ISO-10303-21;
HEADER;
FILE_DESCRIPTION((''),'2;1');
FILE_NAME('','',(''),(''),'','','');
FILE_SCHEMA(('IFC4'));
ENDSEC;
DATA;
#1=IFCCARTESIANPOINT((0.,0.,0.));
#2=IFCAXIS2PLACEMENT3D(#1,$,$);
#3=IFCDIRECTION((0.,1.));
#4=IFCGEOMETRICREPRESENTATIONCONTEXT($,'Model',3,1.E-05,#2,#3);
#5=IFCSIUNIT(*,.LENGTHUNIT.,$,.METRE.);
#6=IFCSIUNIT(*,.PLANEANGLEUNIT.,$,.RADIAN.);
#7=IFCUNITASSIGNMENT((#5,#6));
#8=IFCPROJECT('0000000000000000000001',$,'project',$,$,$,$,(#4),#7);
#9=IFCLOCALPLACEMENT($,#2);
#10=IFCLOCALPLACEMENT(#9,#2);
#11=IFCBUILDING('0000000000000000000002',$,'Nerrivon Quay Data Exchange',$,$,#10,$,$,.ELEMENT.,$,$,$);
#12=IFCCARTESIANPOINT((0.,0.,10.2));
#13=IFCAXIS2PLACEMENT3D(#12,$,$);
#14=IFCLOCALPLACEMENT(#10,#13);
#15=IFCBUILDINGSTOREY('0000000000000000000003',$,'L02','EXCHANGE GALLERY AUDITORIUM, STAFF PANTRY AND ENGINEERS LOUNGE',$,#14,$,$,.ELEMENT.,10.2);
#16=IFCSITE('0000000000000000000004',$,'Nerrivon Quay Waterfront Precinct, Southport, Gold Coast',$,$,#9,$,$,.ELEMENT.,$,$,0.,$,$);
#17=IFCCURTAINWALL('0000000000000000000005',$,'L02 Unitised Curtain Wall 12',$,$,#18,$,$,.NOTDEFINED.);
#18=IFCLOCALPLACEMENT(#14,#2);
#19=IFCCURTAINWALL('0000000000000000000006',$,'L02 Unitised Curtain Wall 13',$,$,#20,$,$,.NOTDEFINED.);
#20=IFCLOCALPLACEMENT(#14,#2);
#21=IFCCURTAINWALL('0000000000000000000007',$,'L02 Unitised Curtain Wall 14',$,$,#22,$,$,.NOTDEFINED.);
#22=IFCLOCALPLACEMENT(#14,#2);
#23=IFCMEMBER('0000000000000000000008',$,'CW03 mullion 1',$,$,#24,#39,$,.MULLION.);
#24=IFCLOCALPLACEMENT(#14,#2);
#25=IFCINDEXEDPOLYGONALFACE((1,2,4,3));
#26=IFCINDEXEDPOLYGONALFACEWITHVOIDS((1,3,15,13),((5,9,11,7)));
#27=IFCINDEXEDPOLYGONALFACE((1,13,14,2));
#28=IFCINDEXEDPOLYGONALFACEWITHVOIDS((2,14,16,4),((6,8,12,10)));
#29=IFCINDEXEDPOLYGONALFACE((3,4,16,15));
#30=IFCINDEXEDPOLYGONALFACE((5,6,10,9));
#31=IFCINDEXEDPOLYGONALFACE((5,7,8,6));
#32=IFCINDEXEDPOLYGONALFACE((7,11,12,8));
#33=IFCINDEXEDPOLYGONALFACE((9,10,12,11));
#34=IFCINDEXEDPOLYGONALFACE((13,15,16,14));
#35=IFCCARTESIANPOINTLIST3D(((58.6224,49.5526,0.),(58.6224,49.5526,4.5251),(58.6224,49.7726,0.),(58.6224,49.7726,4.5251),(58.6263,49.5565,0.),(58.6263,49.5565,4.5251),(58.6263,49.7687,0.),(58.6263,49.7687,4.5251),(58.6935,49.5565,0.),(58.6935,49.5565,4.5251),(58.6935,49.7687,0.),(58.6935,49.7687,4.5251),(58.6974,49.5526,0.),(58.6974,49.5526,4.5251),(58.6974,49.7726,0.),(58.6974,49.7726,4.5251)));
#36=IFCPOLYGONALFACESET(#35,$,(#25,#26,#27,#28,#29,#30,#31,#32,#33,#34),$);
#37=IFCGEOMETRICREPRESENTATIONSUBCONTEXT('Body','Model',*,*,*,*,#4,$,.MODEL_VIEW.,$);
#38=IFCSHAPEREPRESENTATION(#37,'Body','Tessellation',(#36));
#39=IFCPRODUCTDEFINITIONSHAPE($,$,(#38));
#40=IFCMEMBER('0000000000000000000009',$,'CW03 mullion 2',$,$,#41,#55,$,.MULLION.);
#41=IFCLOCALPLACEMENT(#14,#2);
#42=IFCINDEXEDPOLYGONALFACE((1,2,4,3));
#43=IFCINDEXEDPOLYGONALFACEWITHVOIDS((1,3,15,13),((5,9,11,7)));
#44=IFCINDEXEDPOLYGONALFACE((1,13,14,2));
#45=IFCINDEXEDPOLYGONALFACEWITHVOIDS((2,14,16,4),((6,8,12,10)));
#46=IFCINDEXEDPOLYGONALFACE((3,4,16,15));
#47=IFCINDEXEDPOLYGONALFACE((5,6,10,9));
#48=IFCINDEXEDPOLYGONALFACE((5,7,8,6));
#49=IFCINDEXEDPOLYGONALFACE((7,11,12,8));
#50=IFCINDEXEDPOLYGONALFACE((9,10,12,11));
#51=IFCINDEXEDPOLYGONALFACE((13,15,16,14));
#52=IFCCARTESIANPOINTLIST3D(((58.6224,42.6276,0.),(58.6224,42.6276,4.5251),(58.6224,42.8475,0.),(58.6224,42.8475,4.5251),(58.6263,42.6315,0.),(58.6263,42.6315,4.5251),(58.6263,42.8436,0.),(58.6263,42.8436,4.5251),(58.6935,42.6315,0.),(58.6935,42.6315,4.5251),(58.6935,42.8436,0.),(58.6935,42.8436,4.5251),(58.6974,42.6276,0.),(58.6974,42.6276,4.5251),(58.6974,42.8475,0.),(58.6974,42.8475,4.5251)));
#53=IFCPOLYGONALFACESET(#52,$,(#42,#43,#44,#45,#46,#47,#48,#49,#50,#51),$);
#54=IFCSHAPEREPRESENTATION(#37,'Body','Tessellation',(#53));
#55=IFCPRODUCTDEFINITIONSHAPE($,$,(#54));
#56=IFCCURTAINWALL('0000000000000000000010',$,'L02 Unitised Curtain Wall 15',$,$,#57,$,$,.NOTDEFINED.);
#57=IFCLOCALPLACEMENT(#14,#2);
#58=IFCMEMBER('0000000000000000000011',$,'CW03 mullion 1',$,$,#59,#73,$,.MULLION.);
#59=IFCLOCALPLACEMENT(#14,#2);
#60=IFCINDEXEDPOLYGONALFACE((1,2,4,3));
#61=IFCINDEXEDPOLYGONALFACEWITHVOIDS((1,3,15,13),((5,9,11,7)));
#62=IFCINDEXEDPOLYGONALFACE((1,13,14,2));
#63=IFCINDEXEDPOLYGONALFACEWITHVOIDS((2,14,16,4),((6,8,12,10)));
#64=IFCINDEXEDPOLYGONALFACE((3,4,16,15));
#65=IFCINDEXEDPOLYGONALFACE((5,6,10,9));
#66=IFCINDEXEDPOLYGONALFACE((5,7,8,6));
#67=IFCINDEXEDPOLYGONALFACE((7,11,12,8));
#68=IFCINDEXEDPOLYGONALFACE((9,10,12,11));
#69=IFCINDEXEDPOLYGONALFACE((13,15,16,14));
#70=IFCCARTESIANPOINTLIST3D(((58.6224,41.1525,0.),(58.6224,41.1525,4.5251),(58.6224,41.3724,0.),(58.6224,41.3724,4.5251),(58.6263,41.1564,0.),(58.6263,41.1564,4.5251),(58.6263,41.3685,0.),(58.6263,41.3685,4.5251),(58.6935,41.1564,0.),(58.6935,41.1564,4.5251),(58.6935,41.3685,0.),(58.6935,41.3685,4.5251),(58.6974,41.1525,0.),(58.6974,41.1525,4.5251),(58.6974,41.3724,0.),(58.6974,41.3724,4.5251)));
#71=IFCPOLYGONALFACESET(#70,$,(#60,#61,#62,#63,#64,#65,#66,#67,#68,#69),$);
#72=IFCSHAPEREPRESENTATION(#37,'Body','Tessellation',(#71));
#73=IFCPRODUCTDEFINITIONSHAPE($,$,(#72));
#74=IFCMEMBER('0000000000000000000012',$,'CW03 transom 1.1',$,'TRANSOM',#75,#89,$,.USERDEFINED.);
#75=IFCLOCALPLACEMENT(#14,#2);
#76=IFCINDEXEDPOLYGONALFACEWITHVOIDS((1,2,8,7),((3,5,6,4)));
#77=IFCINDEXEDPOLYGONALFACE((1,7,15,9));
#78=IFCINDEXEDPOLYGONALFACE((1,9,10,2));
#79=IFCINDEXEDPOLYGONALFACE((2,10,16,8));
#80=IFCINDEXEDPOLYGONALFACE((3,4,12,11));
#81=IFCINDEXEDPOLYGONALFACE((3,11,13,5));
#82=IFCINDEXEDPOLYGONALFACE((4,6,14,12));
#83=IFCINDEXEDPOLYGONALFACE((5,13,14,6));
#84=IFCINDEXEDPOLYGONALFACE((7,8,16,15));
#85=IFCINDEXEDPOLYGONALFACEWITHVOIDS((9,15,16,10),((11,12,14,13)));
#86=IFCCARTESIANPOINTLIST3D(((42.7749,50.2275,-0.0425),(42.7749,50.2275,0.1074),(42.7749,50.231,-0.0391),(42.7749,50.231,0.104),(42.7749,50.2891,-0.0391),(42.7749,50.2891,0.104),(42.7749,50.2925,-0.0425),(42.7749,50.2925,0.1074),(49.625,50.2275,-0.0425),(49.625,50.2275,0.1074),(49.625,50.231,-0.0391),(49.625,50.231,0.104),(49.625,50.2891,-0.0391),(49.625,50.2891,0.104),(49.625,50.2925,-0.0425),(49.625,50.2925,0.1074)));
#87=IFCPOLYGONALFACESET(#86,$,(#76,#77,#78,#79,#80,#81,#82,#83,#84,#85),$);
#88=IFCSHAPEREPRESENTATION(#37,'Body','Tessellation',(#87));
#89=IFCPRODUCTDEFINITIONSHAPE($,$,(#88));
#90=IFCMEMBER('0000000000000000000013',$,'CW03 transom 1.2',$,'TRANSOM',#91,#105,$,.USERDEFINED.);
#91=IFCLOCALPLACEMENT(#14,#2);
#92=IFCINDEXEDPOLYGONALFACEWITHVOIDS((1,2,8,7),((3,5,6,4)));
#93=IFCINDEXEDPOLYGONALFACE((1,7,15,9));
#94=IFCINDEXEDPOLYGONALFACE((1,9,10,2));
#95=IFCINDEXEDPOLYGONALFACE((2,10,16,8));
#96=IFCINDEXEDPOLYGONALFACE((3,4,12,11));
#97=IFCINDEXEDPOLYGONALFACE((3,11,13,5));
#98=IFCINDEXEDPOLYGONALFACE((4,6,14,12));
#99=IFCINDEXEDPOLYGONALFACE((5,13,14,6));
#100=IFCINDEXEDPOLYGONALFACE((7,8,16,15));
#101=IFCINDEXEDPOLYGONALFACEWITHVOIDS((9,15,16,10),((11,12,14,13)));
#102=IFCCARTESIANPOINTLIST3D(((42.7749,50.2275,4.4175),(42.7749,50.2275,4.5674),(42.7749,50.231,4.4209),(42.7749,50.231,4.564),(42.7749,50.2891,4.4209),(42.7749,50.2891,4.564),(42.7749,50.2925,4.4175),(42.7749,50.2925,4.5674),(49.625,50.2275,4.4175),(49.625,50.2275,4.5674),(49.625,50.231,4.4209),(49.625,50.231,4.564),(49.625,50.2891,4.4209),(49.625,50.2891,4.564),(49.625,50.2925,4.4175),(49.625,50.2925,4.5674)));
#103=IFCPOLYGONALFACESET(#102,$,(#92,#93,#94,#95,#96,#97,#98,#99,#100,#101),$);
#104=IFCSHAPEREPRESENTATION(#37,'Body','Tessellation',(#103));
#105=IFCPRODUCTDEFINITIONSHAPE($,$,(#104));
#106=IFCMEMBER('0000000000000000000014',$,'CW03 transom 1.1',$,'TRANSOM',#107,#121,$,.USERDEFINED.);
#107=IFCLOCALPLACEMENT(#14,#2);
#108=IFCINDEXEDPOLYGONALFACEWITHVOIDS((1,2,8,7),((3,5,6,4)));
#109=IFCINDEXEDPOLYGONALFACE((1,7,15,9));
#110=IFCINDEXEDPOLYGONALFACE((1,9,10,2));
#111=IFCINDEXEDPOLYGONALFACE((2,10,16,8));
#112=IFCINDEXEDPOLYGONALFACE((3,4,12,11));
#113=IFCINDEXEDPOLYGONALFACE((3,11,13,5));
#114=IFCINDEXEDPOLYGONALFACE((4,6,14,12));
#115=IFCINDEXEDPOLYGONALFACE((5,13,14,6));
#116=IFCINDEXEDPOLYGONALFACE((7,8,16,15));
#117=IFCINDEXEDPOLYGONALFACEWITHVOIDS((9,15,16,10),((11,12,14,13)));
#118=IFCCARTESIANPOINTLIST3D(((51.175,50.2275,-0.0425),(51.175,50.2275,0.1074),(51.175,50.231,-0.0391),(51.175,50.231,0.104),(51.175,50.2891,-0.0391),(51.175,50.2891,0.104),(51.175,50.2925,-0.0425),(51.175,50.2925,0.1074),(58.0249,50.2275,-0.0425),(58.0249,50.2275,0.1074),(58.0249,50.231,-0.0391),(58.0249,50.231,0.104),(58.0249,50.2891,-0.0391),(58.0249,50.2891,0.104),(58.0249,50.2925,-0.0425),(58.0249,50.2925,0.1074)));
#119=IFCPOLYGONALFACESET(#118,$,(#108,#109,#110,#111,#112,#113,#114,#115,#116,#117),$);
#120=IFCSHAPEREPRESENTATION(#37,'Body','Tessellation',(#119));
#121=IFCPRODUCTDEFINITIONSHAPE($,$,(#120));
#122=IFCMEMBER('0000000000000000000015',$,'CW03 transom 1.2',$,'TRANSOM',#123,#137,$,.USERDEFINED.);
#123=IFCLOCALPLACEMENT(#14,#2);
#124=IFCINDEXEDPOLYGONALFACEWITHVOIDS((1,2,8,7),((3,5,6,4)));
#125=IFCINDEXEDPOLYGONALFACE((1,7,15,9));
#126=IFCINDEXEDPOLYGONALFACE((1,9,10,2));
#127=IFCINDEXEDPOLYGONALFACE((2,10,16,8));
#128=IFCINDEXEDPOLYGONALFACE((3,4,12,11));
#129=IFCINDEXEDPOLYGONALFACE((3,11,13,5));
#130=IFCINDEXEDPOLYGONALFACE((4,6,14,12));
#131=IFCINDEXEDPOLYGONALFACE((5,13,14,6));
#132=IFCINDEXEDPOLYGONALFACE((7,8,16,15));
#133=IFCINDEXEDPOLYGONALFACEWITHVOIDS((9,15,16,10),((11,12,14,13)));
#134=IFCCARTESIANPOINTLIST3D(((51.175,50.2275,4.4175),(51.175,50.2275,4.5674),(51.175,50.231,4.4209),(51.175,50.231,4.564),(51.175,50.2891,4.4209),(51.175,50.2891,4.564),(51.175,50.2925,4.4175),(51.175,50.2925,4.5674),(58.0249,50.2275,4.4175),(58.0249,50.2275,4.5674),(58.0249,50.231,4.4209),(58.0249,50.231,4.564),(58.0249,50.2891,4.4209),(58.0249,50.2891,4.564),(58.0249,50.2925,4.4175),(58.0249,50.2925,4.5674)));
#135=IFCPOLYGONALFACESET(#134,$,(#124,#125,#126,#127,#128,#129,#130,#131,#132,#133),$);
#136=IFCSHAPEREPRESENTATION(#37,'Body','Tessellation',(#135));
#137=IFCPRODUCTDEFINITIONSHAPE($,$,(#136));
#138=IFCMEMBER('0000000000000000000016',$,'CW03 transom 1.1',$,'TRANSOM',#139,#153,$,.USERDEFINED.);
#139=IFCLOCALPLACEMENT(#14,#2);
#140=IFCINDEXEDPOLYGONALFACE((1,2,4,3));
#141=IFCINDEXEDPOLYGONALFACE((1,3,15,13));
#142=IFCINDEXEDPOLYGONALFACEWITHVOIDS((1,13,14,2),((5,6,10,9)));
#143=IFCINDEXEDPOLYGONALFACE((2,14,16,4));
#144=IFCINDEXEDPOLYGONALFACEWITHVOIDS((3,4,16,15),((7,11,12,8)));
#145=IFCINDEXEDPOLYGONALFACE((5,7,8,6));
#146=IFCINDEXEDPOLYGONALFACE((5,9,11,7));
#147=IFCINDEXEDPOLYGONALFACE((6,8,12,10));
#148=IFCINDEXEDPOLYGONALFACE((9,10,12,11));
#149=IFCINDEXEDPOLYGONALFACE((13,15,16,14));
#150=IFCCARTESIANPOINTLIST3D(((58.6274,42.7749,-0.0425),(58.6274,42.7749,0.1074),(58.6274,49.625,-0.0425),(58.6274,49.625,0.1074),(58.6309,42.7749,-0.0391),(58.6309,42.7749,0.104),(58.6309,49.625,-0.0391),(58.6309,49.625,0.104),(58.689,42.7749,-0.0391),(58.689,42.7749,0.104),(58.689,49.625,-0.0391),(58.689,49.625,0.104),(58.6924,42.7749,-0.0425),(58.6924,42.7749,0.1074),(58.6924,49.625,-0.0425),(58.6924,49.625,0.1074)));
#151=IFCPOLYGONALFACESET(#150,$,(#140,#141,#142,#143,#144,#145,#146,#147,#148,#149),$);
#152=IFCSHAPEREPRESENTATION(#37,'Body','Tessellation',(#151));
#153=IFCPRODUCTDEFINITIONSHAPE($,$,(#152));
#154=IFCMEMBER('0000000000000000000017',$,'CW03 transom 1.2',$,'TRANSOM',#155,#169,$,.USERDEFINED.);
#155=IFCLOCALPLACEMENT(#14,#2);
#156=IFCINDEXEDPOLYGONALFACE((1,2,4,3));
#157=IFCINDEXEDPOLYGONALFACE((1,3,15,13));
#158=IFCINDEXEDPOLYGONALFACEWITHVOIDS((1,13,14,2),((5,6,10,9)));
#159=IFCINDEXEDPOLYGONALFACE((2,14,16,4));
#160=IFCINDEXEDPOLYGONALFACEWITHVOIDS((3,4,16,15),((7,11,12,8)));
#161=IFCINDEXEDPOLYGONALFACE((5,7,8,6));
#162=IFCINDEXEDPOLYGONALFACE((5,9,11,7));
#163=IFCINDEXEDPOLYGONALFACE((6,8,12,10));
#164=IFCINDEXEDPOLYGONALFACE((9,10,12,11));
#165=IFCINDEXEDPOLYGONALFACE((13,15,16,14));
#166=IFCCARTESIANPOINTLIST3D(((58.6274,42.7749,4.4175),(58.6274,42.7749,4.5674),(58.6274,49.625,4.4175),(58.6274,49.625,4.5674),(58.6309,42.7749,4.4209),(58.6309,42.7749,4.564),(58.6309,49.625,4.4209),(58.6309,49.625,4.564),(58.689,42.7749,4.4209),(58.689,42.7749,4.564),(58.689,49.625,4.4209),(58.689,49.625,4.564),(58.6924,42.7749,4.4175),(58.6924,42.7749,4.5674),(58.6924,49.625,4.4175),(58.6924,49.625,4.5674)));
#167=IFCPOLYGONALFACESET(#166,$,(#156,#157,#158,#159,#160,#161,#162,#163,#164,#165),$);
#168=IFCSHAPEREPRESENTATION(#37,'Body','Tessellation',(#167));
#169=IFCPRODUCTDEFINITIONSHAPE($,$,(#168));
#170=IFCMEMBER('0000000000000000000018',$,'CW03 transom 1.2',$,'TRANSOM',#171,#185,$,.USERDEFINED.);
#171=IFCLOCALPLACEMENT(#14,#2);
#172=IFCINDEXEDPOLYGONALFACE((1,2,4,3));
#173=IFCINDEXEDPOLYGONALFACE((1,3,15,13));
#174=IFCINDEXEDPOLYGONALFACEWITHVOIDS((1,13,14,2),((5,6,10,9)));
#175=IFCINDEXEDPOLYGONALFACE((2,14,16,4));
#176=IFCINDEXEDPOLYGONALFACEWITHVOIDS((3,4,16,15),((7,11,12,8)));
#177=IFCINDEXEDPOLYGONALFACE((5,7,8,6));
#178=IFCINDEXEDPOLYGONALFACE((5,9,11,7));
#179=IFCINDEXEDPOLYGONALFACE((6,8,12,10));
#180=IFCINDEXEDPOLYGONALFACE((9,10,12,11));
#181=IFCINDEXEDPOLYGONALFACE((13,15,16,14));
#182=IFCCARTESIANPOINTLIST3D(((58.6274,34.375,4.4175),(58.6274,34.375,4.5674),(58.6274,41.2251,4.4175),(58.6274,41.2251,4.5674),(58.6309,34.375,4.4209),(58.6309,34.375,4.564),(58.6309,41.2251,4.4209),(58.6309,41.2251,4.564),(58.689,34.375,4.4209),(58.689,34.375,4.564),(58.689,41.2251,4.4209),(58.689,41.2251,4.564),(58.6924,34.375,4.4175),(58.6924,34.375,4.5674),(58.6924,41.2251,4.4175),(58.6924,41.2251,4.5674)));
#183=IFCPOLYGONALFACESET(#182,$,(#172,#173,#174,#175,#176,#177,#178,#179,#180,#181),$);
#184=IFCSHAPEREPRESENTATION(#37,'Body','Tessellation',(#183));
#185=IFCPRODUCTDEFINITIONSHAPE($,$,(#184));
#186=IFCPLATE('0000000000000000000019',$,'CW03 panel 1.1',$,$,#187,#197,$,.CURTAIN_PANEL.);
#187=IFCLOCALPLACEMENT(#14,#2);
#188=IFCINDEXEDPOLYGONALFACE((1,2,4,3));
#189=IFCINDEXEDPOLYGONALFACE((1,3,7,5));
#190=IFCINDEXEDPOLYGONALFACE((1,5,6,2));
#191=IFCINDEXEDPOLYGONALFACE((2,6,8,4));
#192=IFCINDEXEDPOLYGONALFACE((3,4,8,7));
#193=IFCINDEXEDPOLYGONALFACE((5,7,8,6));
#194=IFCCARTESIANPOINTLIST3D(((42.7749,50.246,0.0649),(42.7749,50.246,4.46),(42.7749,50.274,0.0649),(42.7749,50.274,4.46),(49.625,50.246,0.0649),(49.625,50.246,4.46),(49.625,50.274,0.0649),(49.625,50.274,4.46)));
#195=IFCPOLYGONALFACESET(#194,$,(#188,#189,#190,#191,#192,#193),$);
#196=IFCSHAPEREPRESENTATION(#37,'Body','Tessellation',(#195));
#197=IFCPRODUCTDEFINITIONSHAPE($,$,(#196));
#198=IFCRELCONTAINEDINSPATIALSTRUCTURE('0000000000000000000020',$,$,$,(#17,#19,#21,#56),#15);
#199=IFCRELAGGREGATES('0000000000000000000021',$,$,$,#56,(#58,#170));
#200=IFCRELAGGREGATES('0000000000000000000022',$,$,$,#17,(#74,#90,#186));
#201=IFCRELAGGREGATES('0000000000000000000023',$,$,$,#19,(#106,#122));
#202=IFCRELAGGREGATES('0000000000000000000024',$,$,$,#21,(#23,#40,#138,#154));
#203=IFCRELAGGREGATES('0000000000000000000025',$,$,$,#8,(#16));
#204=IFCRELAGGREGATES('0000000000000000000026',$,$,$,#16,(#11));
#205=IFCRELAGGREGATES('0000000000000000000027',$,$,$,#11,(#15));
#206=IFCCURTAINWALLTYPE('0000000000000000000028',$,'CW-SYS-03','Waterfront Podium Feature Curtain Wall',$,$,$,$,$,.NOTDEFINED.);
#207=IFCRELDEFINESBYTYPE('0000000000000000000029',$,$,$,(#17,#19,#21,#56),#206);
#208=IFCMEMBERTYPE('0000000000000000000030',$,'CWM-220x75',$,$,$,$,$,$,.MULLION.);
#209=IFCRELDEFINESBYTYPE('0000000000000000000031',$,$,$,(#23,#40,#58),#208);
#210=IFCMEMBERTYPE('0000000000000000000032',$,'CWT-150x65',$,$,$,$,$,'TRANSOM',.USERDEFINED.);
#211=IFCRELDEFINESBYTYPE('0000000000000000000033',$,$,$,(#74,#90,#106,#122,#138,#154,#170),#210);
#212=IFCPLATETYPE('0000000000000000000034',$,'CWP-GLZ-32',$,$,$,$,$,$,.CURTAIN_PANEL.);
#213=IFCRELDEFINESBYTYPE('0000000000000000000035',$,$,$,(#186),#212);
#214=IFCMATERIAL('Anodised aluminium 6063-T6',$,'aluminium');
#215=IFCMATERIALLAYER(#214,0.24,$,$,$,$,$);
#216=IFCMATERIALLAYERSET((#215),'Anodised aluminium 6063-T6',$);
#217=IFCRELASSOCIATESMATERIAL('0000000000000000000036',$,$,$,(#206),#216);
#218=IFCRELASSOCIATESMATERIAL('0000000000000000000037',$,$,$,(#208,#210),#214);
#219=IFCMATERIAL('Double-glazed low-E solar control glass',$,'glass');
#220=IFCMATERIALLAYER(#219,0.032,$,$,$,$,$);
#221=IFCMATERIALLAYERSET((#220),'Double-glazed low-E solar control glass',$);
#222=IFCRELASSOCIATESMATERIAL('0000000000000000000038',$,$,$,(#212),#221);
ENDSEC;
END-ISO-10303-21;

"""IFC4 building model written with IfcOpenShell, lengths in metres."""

from ifc_helpers import new_model, si_unit, direction, frame, origin, origin_2d, place, context, subcontext, project, spatial, rectangle, hollow_rectangle, extrude, material, layer, layer_set, material_profile, profile_set, type_object, element, aggregate, save


model = new_model("IFC4")

# Units and contexts
model_context = context("Model", 3, precision=1e-05, world=origin(), true_north=direction((0.0, 1.0)))
body_context = subcontext(model_context, "Body", "Model", "MODEL_VIEW")
ifc_project = project(units=[si_unit("LENGTHUNIT", "METRE"), si_unit("PLANEANGLEUNIT", "RADIAN")], contexts=[model_context])

# Site, building, storey
site_placement = place(None, origin())
site = spatial("IfcSite", under=ifc_project, at=site_placement, Name="Nerrivon Quay Waterfront Precinct, Southport, Gold Coast", CompositionType="ELEMENT", RefElevation=0.0)
building_placement = place(site_placement, origin())
building = spatial("IfcBuilding", under=site, at=building_placement, Name="Nerrivon Quay Data Exchange", CompositionType="ELEMENT")
storey_placement = place(building_placement, frame((0.0, 0.0, 10.2)))
storey = spatial("IfcBuildingStorey", under=building, at=storey_placement, Name="L02", Description="EXCHANGE GALLERY AUDITORIUM, STAFF PANTRY AND ENGINEERS LOUNGE", CompositionType="ELEMENT", Elevation=10.2)

# Curtain walls, members
ifc_material_1 = material(Name="Anodised aluminium 6063-T6", Category="aluminium")
ifc_layer_1 = layer(ifc_material_1, 0.24)
ifc_layer_set_1 = layer_set([ifc_layer_1], Name="Anodised aluminium 6063-T6")
curtain_wall_type = type_object("IfcCurtainWallType", Name="CW-SYS-03", Description="Waterfront Podium Feature Curtain Wall", PredefinedType="NOTDEFINED", material=ifc_layer_set_1)
curtain_wall_1_placement = place(storey_placement, origin())
curtain_wall_1 = element("IfcCurtainWall", 1, at=curtain_wall_1_placement, inside=storey, type_object=curtain_wall_type, Name="L02 Unitised Curtain Wall 12", PredefinedType="NOTDEFINED")
ifc_material_profile_1 = material_profile(ifc_material_1, hollow_rectangle(XDim=0.075, YDim=0.22, WallThickness=0.0039, at=origin_2d()), Name="ALU-MULL-220x75")
ifc_profile_set_1 = profile_set([ifc_material_profile_1], Name="Anodised aluminium 6063-T6")
member_type_1 = type_object("IfcMemberType", Name="CWM-220x75", PredefinedType="MULLION", material=ifc_profile_set_1)
curtain_wall_2_placement = place(storey_placement, origin())
curtain_wall_2 = element("IfcCurtainWall", 2, at=curtain_wall_2_placement, inside=storey, type_object=curtain_wall_type, Name="L02 Unitised Curtain Wall 13", PredefinedType="NOTDEFINED")
curtain_wall_3_placement = place(storey_placement, origin())
curtain_wall_3 = element("IfcCurtainWall", 3, at=curtain_wall_3_placement, inside=storey, type_object=curtain_wall_type, Name="L02 Unitised Curtain Wall 14", PredefinedType="NOTDEFINED")
member_1_placement = place(storey_placement, frame((58.6599, 49.6626, 0.0), z_axis=(0.0, 0.0, 1.0), x_axis=(1.0, 0.0, 0.0)))
member_1 = element("IfcMember", 4, at=member_1_placement, type_object=member_type_1, Name="CW03 mullion 1", PredefinedType="MULLION", context=body_context, shape_type="SweptSolid", body=[
    extrude(hollow_rectangle(XDim=0.075, YDim=0.22, WallThickness=0.0039, at=origin_2d()), origin(), (0.0, 0.0, 1.0), 4.5251),
])
member_2_placement = place(storey_placement, frame((58.6599, 42.7375, 0.0), z_axis=(0.0, 0.0, 1.0), x_axis=(1.0, 0.0, 0.0)))
member_2 = element("IfcMember", 5, at=member_2_placement, type_object=member_type_1, Name="CW03 mullion 2", PredefinedType="MULLION", context=body_context, shape_type="SweptSolid", body=[
    extrude(hollow_rectangle(XDim=0.075, YDim=0.22, WallThickness=0.0039, at=origin_2d()), origin(), (0.0, 0.0, 1.0), 4.5251),
])

# Curtain wall, member
curtain_wall_4_placement = place(storey_placement, origin())
curtain_wall_4 = element("IfcCurtainWall", 6, at=curtain_wall_4_placement, inside=storey, type_object=curtain_wall_type, Name="L02 Unitised Curtain Wall 15", PredefinedType="NOTDEFINED")
member_3_placement = place(storey_placement, frame((58.6599, 41.2625, 0.0), z_axis=(0.0, 0.0, 1.0), x_axis=(1.0, 0.0, 0.0)))
member_3 = element("IfcMember", 7, at=member_3_placement, type_object=member_type_1, Name="CW03 mullion 1", PredefinedType="MULLION", context=body_context, shape_type="SweptSolid", body=[
    extrude(hollow_rectangle(XDim=0.075, YDim=0.22, WallThickness=0.0039, at=origin_2d()), origin(), (0.0, 0.0, 1.0), 4.5251),
])

# Members
ifc_material_profile_2 = material_profile(ifc_material_1, hollow_rectangle(XDim=0.0649, YDim=0.1499, WallThickness=0.0034, at=origin_2d()), Name="ALU-TRAN-150x65")
ifc_profile_set_2 = profile_set([ifc_material_profile_2], Name="Anodised aluminium 6063-T6")
member_type_2 = type_object("IfcMemberType", Name="CWT-150x65", ElementType="TRANSOM", PredefinedType="USERDEFINED", material=ifc_profile_set_2)
member_4_placement = place(storey_placement, frame((42.7749, 50.26, 0.0325), z_axis=(1.0, 0.0, 0.0), x_axis=(0.0, 1.0, 0.0)))
member_4 = element("IfcMember", 8, at=member_4_placement, type_object=member_type_2, Name="CW03 transom 1.1", ObjectType="TRANSOM", PredefinedType="USERDEFINED", context=body_context, shape_type="SweptSolid", body=[
    extrude(hollow_rectangle(XDim=0.0649, YDim=0.1499, WallThickness=0.0034, at=origin_2d()), origin(), (0.0, 0.0, 1.0), 6.8501),
])
member_5_placement = place(storey_placement, frame((42.7749, 50.26, 4.4924), z_axis=(1.0, 0.0, 0.0), x_axis=(0.0, 1.0, 0.0)))
member_5 = element("IfcMember", 9, at=member_5_placement, type_object=member_type_2, Name="CW03 transom 1.2", ObjectType="TRANSOM", PredefinedType="USERDEFINED", context=body_context, shape_type="SweptSolid", body=[
    extrude(hollow_rectangle(XDim=0.0649, YDim=0.1499, WallThickness=0.0034, at=origin_2d()), origin(), (0.0, 0.0, 1.0), 6.8501),
])
member_6_placement = place(storey_placement, frame((51.175, 50.26, 0.0325), z_axis=(1.0, 0.0, 0.0), x_axis=(0.0, 1.0, 0.0)))
member_6 = element("IfcMember", 10, at=member_6_placement, type_object=member_type_2, Name="CW03 transom 1.1", ObjectType="TRANSOM", PredefinedType="USERDEFINED", context=body_context, shape_type="SweptSolid", body=[
    extrude(hollow_rectangle(XDim=0.0649, YDim=0.1499, WallThickness=0.0034, at=origin_2d()), origin(), (0.0, 0.0, 1.0), 6.8499),
])
member_7_placement = place(storey_placement, frame((51.175, 50.26, 4.4924), z_axis=(1.0, 0.0, 0.0), x_axis=(0.0, 1.0, 0.0)))
member_7 = element("IfcMember", 11, at=member_7_placement, type_object=member_type_2, Name="CW03 transom 1.2", ObjectType="TRANSOM", PredefinedType="USERDEFINED", context=body_context, shape_type="SweptSolid", body=[
    extrude(hollow_rectangle(XDim=0.0649, YDim=0.1499, WallThickness=0.0034, at=origin_2d()), origin(), (0.0, 0.0, 1.0), 6.8499),
])
member_8_placement = place(storey_placement, frame((58.6599, 49.625, 0.0325), z_axis=(0.0, -1.0, 0.0), x_axis=(1.0, 0.0, 0.0)))
member_8 = element("IfcMember", 12, at=member_8_placement, type_object=member_type_2, Name="CW03 transom 1.1", ObjectType="TRANSOM", PredefinedType="USERDEFINED", context=body_context, shape_type="SweptSolid", body=[
    extrude(hollow_rectangle(XDim=0.0649, YDim=0.1499, WallThickness=0.0034, at=origin_2d()), origin(), (0.0, 0.0, 1.0), 6.8501),
])
member_9_placement = place(storey_placement, frame((58.6599, 49.625, 4.4924), z_axis=(0.0, -1.0, 0.0), x_axis=(1.0, 0.0, 0.0)))
member_9 = element("IfcMember", 13, at=member_9_placement, type_object=member_type_2, Name="CW03 transom 1.2", ObjectType="TRANSOM", PredefinedType="USERDEFINED", context=body_context, shape_type="SweptSolid", body=[
    extrude(hollow_rectangle(XDim=0.0649, YDim=0.1499, WallThickness=0.0034, at=origin_2d()), origin(), (0.0, 0.0, 1.0), 6.8501),
])
member_10_placement = place(storey_placement, frame((58.6599, 41.2251, 4.4924), z_axis=(0.0, -1.0, 0.0), x_axis=(1.0, 0.0, 0.0)))
member_10 = element("IfcMember", 14, at=member_10_placement, type_object=member_type_2, Name="CW03 transom 1.2", ObjectType="TRANSOM", PredefinedType="USERDEFINED", context=body_context, shape_type="SweptSolid", body=[
    extrude(hollow_rectangle(XDim=0.0649, YDim=0.1499, WallThickness=0.0034, at=origin_2d()), origin(), (0.0, 0.0, 1.0), 6.8501),
])
aggregate(curtain_wall_4, [member_3, member_10])

# Plate
ifc_material_2 = material(Name="Double-glazed low-E solar control glass", Category="glass")
ifc_layer_2 = layer(ifc_material_2, 0.032)
ifc_layer_set_2 = layer_set([ifc_layer_2], Name="Double-glazed low-E solar control glass")
plate_type = type_object("IfcPlateType", Name="CWP-GLZ-32", PredefinedType="CURTAIN_PANEL", material=ifc_layer_set_2)
plate_1_placement = place(storey_placement, frame((46.2, 50.26, 0.0649), z_axis=(0.0, 0.0, 1.0), x_axis=(1.0, 0.0, 0.0)))
plate_1 = element("IfcPlate", 15, at=plate_1_placement, type_object=plate_type, Name="CW03 panel 1.1", PredefinedType="CURTAIN_PANEL", context=body_context, shape_type="SweptSolid", body=[
    extrude(rectangle(XDim=6.8501, YDim=0.0281, at=origin_2d()), origin(), (0.0, 0.0, 1.0), 4.395),
])
aggregate(curtain_wall_1, [member_4, member_5, plate_1])
aggregate(curtain_wall_2, [member_6, member_7])
aggregate(curtain_wall_3, [member_1, member_2, member_8, member_9])

save(model, "model.ifc")
